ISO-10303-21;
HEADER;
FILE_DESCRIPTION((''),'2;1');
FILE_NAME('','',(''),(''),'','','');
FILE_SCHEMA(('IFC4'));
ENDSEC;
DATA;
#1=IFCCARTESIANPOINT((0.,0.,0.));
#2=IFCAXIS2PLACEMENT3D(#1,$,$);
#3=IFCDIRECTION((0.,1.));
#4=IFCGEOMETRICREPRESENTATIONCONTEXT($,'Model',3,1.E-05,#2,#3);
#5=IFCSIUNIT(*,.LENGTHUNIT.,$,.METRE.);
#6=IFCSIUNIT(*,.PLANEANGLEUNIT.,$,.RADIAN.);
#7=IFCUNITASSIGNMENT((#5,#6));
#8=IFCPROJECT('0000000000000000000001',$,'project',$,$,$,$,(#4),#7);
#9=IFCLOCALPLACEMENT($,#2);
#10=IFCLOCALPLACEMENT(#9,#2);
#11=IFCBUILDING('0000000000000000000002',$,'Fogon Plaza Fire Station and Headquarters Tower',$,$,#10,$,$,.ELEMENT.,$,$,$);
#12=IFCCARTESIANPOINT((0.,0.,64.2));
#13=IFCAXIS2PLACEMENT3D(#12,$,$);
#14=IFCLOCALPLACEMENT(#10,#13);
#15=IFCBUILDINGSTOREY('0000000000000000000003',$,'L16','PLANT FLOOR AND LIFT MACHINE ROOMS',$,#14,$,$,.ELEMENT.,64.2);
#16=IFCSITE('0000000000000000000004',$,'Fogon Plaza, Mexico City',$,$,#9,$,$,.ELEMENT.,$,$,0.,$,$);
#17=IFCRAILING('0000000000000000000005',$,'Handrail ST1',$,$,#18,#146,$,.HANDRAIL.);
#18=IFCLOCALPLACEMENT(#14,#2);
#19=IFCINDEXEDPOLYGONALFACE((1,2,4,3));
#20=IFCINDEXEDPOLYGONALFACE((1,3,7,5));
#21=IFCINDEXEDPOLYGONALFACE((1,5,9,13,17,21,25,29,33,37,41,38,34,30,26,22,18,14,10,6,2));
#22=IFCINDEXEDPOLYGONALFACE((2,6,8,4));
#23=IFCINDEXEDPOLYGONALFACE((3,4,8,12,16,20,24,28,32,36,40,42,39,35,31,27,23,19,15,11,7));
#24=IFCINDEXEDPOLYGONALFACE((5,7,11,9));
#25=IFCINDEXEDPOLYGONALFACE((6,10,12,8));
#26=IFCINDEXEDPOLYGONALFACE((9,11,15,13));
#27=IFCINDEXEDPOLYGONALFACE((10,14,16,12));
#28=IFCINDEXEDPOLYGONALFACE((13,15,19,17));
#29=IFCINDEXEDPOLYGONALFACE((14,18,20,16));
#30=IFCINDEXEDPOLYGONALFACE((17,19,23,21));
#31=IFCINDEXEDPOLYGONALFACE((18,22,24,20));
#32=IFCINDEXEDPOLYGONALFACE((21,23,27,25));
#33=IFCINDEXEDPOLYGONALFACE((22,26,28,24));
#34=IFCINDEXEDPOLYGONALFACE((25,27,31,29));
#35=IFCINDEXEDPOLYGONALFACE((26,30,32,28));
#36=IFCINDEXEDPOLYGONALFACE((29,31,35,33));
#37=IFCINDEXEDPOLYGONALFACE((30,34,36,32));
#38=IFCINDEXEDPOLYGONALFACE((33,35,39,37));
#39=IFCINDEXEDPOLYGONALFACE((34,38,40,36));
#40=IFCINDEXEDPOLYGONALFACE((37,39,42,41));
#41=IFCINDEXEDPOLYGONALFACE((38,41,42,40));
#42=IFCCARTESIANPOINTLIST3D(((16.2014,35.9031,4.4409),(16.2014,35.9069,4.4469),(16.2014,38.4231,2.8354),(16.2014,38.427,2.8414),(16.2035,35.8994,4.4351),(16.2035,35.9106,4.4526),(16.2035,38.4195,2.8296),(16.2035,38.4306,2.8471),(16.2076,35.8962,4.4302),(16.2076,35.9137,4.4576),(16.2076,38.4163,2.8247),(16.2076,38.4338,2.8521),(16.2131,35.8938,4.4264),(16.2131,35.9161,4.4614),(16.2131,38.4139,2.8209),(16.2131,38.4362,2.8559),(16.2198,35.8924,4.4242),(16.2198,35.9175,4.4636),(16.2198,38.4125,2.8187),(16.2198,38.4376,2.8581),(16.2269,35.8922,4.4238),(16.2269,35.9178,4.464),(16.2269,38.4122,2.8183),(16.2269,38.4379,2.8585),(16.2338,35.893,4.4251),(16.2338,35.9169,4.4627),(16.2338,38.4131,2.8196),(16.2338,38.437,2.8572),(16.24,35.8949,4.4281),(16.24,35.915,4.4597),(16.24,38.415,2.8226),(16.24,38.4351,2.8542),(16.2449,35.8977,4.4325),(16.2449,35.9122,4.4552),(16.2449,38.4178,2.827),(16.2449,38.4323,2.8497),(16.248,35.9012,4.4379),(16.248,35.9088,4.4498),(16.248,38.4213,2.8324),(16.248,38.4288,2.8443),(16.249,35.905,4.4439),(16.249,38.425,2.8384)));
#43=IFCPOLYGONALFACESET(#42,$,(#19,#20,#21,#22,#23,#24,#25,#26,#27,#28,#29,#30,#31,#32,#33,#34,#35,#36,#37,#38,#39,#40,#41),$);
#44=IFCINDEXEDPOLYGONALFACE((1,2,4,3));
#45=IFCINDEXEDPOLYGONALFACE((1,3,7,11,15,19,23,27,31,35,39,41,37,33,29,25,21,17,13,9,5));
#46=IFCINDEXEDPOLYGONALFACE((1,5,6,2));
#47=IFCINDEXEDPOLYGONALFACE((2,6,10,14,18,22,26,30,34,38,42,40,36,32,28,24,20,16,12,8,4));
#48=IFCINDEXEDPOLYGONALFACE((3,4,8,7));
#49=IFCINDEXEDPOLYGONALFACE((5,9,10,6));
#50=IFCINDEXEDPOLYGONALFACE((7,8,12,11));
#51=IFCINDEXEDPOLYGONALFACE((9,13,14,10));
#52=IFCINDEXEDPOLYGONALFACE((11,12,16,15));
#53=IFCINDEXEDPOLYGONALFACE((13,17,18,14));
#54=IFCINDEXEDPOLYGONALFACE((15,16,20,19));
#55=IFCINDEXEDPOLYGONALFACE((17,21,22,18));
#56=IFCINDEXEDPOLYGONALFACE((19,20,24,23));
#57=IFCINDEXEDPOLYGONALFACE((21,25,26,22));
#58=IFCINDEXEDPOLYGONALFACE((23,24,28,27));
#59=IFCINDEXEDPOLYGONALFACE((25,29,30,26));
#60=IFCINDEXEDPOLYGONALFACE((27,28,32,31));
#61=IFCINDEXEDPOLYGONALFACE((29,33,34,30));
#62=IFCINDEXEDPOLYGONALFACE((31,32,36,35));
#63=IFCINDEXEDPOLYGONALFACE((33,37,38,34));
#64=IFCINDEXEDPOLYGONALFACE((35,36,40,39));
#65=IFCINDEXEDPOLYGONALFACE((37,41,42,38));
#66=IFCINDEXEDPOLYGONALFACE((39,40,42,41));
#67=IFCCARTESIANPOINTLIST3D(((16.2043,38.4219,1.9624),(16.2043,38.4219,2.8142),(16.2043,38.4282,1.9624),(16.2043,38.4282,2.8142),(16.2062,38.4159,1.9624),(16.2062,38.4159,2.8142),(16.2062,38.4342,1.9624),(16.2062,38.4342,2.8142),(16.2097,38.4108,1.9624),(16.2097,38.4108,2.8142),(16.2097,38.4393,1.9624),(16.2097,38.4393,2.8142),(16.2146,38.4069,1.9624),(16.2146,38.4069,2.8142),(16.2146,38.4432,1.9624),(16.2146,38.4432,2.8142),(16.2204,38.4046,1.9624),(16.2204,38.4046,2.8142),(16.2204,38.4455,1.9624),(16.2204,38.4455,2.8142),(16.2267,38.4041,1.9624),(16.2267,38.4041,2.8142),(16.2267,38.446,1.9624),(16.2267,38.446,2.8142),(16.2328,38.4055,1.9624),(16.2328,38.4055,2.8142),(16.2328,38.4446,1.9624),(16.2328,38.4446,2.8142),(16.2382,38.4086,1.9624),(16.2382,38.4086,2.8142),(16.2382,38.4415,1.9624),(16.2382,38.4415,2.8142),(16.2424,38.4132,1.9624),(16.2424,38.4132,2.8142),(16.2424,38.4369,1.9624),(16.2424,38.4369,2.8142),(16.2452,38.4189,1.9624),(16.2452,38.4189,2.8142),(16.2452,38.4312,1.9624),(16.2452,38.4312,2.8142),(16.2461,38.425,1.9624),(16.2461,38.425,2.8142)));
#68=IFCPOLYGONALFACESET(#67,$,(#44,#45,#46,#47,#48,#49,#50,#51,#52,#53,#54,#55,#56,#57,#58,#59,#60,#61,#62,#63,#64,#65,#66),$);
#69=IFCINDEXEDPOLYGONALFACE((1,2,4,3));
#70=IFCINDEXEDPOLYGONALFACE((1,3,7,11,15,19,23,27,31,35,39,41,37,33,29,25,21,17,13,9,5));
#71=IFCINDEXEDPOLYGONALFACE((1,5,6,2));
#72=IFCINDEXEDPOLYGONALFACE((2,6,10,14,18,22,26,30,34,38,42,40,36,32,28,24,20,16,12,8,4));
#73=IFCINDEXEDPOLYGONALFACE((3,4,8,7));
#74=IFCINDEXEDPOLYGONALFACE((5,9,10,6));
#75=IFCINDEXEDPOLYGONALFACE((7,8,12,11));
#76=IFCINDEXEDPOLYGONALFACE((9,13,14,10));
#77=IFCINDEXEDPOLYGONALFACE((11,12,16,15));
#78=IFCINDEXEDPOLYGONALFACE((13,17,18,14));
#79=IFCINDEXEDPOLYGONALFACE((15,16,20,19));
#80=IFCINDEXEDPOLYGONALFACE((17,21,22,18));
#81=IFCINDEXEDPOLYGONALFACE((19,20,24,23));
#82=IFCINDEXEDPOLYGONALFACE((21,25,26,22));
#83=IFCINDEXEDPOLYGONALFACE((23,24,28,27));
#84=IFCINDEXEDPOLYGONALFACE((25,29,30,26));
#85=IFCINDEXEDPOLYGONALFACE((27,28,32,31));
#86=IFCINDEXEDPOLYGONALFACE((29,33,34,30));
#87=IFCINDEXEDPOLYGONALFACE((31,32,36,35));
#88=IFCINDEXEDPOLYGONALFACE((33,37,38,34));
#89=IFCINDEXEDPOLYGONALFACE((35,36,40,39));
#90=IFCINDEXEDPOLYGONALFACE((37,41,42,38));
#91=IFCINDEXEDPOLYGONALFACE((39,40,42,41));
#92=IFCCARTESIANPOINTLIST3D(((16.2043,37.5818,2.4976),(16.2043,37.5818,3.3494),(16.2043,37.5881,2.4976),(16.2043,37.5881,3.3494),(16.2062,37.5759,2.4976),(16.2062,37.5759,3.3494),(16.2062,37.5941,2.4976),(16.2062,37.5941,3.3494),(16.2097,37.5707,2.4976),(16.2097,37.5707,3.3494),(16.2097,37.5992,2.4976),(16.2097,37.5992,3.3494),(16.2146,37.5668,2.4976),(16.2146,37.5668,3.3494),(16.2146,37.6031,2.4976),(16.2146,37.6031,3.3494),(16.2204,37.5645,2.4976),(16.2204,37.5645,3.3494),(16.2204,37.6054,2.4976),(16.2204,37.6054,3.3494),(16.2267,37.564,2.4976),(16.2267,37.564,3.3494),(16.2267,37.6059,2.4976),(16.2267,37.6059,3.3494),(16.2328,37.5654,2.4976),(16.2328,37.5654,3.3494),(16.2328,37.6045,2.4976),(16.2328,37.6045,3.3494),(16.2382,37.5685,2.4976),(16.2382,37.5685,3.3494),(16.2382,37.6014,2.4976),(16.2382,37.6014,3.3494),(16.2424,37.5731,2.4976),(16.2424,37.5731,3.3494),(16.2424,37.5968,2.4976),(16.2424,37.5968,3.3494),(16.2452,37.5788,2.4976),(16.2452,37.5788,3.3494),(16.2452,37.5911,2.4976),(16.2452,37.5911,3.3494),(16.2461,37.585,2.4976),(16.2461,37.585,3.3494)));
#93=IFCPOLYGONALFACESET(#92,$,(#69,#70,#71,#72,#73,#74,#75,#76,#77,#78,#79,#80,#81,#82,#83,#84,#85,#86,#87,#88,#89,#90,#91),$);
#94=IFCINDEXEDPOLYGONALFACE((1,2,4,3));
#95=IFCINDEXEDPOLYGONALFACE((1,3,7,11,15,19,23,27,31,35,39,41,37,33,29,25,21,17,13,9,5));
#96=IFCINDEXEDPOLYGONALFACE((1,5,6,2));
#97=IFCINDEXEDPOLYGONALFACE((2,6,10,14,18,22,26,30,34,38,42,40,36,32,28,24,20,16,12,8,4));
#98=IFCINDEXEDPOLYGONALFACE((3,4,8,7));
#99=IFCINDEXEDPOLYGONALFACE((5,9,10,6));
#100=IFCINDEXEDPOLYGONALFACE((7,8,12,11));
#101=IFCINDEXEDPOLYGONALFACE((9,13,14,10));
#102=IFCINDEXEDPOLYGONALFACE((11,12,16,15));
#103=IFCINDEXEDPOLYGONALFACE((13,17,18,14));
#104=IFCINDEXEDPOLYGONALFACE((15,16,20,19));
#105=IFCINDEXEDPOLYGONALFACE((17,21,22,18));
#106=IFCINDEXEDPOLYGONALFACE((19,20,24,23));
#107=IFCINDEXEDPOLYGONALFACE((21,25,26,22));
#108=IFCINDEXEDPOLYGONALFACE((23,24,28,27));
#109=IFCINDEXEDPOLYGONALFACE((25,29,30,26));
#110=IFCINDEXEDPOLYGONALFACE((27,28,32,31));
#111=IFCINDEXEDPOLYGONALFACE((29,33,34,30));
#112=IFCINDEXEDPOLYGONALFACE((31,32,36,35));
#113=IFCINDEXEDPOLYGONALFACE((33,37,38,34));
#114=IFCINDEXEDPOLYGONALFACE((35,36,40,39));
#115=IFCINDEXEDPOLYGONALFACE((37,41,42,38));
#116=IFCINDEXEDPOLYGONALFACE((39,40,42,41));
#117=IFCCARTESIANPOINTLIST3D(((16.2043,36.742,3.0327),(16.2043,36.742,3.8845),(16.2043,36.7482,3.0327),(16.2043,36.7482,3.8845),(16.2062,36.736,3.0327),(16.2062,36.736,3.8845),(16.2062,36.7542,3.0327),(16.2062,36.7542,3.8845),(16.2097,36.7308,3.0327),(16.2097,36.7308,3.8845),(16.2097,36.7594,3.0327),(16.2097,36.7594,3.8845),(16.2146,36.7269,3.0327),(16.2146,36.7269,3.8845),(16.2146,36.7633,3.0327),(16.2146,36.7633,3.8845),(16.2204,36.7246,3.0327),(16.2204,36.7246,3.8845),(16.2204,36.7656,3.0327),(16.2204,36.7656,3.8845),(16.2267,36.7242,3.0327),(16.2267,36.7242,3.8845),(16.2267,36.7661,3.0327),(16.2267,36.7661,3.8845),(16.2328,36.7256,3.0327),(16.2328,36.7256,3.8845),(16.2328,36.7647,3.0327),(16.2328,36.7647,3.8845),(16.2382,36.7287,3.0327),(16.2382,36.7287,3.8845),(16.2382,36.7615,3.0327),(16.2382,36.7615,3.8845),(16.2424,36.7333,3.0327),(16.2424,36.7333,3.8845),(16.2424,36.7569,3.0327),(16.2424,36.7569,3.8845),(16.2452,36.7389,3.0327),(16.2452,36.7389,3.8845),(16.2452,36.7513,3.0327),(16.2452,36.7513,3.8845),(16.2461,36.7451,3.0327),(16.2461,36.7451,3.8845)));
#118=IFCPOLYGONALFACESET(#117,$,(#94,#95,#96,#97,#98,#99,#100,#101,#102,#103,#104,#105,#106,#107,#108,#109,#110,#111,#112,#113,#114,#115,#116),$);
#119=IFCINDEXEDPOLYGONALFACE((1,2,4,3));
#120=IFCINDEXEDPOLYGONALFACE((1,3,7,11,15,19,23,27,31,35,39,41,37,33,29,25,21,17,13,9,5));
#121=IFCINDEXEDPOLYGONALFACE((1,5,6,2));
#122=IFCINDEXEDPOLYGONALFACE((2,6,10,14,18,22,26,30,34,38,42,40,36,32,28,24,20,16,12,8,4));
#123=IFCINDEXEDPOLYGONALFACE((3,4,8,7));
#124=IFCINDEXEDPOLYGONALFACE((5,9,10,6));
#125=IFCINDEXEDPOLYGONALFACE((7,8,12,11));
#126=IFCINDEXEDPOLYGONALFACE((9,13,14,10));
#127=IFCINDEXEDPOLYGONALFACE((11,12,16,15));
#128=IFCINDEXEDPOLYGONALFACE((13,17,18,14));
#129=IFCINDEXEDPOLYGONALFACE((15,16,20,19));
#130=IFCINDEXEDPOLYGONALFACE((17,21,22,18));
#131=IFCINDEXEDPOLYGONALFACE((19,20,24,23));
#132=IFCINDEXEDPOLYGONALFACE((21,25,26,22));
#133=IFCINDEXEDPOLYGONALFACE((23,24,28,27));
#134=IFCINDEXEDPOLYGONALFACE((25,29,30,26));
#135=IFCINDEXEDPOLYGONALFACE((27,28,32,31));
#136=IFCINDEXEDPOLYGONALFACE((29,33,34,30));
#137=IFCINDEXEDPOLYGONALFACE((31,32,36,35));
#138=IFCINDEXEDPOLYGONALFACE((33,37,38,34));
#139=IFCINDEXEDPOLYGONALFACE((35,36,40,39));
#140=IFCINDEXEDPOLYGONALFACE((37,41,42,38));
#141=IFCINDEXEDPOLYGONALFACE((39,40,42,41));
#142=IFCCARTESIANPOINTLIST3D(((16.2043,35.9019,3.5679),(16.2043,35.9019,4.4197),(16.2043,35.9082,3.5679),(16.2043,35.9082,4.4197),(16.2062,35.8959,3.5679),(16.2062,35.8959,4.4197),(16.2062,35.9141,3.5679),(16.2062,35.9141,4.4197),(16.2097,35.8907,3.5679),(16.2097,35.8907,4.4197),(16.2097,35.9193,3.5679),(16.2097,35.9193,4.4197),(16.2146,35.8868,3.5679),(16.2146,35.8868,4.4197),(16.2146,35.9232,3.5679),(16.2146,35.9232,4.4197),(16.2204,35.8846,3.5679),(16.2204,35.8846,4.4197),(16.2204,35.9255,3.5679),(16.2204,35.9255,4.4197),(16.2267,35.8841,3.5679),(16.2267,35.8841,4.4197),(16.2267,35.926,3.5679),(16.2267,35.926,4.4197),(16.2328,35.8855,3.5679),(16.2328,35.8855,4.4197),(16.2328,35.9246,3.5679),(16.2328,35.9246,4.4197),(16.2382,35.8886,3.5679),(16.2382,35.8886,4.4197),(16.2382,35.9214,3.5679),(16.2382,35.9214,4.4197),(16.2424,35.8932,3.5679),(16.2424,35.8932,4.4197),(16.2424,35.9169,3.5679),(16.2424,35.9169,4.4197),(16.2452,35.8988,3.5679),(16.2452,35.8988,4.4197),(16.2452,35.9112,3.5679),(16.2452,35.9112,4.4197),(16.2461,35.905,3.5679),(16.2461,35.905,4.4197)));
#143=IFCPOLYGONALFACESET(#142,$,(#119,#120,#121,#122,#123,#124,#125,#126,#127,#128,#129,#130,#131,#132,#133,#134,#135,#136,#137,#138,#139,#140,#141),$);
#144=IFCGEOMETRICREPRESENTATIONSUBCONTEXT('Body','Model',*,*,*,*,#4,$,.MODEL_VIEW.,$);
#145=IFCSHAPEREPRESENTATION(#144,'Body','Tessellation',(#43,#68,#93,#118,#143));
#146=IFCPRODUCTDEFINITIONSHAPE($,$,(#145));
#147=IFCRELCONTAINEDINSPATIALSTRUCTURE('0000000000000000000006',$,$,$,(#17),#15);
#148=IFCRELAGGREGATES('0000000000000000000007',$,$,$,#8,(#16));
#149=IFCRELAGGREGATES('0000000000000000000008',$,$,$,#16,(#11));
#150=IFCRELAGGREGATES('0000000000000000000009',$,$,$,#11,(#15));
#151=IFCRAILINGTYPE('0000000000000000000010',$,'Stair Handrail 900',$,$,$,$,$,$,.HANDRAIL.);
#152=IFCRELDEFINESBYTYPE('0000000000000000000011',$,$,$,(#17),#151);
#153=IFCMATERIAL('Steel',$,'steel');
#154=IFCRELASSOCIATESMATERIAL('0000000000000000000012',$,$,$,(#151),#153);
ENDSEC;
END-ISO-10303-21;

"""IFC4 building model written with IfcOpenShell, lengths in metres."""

from ifc_helpers import new_model, si_unit, direction, frame, origin, origin_2d, place, context, subcontext, project, spatial, circle, extrude, material, type_object, element, save


model = new_model("IFC4")

# Units and contexts
model_context = context("Model", 3, precision=1e-05, world=origin(), true_north=direction((0.0, 1.0)))
body_context = subcontext(model_context, "Body", "Model", "MODEL_VIEW")
ifc_project = project(units=[si_unit("LENGTHUNIT", "METRE"), si_unit("PLANEANGLEUNIT", "RADIAN")], contexts=[model_context])

# Site, building, storey
site_placement = place(None, origin())
site = spatial("IfcSite", under=ifc_project, at=site_placement, Name="Fogon Plaza, Mexico City", CompositionType="ELEMENT", RefElevation=0.0)
building_placement = place(site_placement, origin())
building = spatial("IfcBuilding", under=site, at=building_placement, Name="Fogon Plaza Fire Station and Headquarters Tower", CompositionType="ELEMENT")
storey_placement = place(building_placement, frame((0.0, 0.0, 64.2)))
storey = spatial("IfcBuildingStorey", under=building, at=storey_placement, Name="L16", Description="PLANT FLOOR AND LIFT MACHINE ROOMS", CompositionType="ELEMENT", Elevation=64.2)

# Railing
ifc_material_1 = material(Name="Steel", Category="steel")
railing_type = type_object("IfcRailingType", Name="Stair Handrail 900", PredefinedType="HANDRAIL", material=ifc_material_1)
for number, where, name in (
    (1, (16.2251, 38.425, 1.9624), "Handrail ST1"),
):
    element("IfcRailing", number, at=place(storey_placement, frame(where)), inside=storey, type_object=railing_type, Name=name, PredefinedType="HANDRAIL", context=body_context, shape_type="SweptSolid", body=[
        extrude(circle(Radius=0.0239, at=origin_2d()), frame((0.0, 0.0, 0.876), z_axis=(0.0, -0.843385, 0.537309), x_axis=(1.0, 0.0, 0.0)), (0.0, 0.0, 1.0), 2.988),
        extrude(circle(Radius=0.021, at=origin_2d()), origin(), (0.0, 0.0, 1.0), 0.8518),
        extrude(circle(Radius=0.021, at=origin_2d()), frame((0.0, -0.8401, 0.5352)), (0.0, 0.0, 1.0), 0.8518),
        extrude(circle(Radius=0.021, at=origin_2d()), frame((0.0, -1.6799, 1.0703)), (0.0, 0.0, 1.0), 0.8518),
        extrude(circle(Radius=0.021, at=origin_2d()), frame((0.0, -2.52, 1.6055)), (0.0, 0.0, 1.0), 0.8518),
    ])

save(model, "model.ifc")
